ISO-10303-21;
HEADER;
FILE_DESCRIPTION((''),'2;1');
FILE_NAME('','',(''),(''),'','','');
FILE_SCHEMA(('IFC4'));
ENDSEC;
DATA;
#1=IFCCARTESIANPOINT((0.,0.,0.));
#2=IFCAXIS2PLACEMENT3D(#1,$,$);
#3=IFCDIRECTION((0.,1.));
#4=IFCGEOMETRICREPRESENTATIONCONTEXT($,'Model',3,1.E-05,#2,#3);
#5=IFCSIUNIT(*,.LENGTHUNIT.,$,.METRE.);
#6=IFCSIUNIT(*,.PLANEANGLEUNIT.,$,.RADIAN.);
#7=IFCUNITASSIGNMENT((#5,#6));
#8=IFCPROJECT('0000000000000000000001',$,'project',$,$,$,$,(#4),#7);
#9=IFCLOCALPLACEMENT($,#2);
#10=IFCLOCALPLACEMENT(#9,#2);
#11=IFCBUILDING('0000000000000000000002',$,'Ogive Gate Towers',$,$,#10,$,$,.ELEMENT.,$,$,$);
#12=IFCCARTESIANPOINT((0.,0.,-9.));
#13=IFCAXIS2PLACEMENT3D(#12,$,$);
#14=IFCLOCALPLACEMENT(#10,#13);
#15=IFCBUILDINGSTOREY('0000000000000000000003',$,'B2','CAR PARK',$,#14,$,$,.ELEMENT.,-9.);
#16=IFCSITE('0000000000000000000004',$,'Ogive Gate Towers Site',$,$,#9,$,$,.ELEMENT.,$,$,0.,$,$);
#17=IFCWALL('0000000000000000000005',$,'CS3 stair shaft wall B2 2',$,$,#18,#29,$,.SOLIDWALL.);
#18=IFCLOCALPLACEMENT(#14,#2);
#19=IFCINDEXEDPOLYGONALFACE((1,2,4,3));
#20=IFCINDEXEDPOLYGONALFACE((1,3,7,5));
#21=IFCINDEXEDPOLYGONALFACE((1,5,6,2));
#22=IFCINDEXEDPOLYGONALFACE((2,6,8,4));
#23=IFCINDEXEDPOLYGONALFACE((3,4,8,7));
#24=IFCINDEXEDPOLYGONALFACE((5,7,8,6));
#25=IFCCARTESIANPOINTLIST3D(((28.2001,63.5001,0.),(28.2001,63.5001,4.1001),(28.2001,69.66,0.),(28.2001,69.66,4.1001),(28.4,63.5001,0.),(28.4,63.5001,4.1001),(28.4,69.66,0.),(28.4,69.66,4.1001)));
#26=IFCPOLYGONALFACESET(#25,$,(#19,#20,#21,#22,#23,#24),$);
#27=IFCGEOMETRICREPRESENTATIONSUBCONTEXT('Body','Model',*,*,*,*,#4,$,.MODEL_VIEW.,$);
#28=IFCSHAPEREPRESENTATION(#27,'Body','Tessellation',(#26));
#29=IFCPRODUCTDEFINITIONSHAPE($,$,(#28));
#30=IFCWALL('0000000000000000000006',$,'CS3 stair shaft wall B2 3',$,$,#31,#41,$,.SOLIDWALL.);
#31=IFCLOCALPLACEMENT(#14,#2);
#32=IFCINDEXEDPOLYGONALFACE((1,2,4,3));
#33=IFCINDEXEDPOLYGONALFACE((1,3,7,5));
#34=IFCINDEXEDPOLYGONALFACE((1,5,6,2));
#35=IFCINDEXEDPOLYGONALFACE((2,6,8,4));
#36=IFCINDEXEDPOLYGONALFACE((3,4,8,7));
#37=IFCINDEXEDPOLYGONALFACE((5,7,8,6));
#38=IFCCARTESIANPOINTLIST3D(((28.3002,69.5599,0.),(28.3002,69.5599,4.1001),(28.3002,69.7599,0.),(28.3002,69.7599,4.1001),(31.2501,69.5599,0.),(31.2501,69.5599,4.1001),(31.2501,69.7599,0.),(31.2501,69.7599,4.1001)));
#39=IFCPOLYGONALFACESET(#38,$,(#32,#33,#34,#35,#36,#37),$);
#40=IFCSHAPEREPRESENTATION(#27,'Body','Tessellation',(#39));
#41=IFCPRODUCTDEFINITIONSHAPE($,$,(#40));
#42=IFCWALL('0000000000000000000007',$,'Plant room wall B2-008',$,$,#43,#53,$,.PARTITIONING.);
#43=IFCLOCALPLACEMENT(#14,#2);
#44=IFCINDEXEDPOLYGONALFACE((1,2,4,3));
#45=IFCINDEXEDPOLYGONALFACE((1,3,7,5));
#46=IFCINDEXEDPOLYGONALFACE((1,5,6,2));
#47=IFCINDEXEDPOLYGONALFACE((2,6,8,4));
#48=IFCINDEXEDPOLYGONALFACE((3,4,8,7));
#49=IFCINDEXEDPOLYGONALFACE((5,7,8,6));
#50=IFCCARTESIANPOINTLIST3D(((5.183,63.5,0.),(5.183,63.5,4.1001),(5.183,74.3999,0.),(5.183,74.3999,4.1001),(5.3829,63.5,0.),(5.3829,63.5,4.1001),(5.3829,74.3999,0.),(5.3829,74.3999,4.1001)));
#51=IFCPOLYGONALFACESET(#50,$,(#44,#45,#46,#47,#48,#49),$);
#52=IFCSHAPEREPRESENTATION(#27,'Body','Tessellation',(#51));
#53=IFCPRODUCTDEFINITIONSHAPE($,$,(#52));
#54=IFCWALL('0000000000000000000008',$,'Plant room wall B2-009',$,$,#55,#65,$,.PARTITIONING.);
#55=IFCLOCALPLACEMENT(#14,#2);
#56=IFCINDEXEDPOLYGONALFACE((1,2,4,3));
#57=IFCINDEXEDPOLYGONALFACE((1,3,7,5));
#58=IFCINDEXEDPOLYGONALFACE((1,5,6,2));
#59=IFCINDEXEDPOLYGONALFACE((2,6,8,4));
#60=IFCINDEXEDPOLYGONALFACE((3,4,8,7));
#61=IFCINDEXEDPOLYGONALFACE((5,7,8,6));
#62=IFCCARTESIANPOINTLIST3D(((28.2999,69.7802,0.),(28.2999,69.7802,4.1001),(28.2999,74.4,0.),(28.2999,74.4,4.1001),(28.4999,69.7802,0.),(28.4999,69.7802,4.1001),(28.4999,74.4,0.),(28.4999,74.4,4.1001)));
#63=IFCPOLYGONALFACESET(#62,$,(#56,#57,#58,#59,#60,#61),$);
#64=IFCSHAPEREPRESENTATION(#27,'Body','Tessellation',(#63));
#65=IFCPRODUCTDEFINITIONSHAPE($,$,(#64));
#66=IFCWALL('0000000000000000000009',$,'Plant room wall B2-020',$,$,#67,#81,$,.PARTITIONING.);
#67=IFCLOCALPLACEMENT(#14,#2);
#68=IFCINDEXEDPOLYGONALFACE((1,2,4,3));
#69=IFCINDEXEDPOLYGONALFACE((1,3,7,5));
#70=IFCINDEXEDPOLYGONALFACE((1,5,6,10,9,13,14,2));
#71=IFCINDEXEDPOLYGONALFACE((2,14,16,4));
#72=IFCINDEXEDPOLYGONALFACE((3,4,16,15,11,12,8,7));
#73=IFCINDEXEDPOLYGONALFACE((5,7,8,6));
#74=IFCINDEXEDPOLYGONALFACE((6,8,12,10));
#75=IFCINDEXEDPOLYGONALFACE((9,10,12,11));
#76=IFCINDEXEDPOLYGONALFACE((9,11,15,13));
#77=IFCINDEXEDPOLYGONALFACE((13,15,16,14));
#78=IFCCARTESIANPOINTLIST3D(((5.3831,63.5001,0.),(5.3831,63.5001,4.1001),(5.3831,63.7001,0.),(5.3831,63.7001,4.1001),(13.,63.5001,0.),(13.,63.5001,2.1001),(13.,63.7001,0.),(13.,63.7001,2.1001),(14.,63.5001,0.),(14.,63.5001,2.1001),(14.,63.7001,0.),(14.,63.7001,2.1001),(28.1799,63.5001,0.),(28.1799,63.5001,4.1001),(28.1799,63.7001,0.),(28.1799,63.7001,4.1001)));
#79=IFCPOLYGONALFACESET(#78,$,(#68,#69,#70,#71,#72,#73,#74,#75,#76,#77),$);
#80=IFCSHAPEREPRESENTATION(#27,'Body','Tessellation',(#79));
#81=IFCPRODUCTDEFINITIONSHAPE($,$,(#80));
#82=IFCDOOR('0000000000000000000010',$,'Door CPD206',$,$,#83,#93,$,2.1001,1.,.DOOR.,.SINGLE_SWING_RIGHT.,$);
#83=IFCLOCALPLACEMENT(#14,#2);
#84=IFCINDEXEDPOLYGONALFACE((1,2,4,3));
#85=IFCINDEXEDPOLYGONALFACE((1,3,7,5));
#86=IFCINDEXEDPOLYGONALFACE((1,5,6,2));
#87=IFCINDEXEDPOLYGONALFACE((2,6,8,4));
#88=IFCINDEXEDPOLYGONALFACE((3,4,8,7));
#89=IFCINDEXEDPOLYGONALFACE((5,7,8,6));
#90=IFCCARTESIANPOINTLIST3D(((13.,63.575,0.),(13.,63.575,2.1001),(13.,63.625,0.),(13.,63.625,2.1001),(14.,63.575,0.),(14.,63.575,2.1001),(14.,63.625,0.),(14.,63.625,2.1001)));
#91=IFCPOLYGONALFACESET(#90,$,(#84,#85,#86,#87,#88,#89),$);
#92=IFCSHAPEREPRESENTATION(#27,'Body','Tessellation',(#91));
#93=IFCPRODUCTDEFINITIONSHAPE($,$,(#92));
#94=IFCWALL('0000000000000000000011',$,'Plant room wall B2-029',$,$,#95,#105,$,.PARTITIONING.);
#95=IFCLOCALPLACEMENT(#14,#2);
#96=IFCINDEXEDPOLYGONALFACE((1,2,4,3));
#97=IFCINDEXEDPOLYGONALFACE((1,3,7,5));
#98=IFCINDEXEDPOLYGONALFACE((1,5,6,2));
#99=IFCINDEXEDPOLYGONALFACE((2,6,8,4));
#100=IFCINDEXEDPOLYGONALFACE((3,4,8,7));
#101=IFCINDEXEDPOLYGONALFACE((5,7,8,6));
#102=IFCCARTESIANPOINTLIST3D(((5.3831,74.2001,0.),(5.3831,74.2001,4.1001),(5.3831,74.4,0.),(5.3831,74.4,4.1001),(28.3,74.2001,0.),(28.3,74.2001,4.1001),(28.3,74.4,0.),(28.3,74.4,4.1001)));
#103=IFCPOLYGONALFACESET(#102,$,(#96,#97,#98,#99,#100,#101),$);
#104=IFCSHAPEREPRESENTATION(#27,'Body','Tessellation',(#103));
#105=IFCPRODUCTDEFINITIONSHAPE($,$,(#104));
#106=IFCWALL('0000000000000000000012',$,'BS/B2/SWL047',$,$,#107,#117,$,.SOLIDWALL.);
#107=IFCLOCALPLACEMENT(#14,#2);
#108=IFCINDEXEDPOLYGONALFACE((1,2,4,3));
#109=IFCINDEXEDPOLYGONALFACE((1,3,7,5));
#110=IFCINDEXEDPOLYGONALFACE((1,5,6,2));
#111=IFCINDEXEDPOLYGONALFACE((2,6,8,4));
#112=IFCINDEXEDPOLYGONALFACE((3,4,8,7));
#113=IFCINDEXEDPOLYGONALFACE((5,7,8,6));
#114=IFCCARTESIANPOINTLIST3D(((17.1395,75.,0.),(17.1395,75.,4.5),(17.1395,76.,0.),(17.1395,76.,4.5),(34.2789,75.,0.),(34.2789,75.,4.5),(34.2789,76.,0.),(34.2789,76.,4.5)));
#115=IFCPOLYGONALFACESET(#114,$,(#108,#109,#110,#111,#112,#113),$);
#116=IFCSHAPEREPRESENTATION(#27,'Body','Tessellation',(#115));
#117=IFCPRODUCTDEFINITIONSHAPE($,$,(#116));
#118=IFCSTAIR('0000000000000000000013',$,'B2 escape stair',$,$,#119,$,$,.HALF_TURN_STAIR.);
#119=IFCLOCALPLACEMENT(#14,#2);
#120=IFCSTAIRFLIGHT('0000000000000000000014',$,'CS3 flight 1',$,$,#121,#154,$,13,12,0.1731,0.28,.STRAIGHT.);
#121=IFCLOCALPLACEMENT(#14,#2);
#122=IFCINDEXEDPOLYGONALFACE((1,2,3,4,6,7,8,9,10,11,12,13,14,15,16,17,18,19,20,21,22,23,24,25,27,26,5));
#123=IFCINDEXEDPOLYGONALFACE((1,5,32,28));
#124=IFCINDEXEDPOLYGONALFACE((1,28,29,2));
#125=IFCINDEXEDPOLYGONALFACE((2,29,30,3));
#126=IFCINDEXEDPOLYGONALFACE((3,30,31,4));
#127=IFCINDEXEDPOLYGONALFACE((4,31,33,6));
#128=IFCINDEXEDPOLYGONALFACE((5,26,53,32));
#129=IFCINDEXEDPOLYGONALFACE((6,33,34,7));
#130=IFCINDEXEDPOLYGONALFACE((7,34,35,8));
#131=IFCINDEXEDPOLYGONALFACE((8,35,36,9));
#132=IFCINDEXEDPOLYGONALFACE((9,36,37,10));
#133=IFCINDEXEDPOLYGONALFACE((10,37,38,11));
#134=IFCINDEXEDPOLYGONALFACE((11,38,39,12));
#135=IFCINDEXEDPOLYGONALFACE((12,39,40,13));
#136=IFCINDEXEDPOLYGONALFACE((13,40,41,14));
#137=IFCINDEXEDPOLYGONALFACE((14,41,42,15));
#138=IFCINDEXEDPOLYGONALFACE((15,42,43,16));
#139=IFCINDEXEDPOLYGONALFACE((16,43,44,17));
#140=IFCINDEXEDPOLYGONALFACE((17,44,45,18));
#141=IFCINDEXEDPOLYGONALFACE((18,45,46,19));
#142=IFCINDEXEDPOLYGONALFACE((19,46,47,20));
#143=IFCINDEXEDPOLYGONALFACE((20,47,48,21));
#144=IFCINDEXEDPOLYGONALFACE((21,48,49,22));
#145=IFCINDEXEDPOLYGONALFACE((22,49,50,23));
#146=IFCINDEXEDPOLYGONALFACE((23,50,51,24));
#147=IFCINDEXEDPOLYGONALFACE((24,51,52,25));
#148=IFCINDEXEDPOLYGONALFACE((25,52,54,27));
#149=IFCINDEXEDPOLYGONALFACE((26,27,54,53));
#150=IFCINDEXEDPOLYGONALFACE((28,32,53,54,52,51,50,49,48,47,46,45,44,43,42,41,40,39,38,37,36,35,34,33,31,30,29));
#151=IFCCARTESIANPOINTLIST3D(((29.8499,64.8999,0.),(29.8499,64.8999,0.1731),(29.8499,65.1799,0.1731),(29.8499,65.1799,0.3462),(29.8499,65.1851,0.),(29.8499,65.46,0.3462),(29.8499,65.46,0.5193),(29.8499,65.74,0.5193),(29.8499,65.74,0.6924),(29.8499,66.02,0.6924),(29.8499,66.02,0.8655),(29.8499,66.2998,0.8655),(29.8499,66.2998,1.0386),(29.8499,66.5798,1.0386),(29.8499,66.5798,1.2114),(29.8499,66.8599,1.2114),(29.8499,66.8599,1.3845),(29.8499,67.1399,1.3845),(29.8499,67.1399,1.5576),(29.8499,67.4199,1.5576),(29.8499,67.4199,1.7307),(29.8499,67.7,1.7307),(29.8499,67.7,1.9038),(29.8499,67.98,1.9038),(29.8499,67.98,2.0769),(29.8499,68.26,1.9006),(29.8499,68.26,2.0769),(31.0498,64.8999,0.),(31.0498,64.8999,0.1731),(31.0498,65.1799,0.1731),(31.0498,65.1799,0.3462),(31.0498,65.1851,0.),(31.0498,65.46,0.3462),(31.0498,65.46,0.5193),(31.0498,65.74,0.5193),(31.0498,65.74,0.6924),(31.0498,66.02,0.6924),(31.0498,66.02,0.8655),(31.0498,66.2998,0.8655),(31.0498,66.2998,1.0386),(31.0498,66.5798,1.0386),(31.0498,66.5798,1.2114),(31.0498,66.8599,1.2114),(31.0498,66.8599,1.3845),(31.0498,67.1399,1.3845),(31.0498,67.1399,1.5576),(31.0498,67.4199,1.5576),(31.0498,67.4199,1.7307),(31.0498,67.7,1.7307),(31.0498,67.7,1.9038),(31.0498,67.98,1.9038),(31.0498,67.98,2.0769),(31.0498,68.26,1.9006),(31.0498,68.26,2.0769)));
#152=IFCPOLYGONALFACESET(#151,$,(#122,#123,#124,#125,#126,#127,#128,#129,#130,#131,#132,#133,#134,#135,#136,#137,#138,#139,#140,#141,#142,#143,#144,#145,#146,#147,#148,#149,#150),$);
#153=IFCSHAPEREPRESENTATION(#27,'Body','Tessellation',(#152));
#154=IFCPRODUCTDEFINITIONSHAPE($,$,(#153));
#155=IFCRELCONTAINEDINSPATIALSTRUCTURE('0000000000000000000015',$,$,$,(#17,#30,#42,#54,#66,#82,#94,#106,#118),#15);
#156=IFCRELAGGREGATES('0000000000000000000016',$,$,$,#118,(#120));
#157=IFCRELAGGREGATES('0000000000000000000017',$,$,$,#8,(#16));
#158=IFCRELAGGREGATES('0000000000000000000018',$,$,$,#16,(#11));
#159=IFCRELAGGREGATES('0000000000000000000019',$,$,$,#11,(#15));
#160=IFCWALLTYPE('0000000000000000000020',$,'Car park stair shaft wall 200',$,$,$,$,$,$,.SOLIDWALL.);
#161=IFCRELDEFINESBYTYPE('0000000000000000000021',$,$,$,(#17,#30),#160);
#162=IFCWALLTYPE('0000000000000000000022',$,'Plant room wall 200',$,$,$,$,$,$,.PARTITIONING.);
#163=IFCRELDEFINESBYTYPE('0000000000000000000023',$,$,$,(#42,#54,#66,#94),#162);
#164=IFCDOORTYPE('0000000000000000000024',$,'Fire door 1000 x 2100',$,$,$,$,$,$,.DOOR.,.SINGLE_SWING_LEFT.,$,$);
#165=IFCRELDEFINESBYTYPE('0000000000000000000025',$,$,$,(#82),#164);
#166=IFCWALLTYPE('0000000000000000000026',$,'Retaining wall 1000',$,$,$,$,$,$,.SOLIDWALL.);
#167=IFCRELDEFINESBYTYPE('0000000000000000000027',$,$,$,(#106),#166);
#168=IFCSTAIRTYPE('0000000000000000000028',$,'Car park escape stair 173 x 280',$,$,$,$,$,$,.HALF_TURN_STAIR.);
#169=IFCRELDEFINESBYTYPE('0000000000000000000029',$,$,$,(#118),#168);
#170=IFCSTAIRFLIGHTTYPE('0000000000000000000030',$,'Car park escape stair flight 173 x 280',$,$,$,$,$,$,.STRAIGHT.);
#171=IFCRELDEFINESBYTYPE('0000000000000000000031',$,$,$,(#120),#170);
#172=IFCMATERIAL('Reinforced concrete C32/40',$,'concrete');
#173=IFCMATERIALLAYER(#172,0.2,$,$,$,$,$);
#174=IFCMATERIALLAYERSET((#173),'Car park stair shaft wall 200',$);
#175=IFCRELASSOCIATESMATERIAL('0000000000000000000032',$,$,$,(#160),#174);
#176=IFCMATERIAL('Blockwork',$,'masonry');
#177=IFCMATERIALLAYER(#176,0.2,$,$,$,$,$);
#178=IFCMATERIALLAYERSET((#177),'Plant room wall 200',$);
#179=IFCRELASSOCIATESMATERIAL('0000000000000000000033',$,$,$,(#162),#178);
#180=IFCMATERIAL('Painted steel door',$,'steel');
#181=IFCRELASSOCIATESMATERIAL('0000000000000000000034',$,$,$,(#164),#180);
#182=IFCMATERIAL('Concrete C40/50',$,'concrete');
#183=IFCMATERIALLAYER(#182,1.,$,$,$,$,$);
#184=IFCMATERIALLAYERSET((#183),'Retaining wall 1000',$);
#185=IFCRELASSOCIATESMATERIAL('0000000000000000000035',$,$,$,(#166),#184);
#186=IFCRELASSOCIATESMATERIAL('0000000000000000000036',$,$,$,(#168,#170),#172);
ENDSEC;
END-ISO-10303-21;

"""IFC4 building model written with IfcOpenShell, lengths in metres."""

from ifc_helpers import new_model, si_unit, direction, frame, frame_2d, origin, place, context, subcontext, project, spatial, polyline, rectangle, outline, extrude, material, layer, layer_set, type_object, element, fill, aggregate, save


model = new_model("IFC4")

# Units and contexts
model_context = context("Model", 3, precision=1e-05, world=origin(), true_north=direction((0.0, 1.0)))
body_context = subcontext(model_context, "Body", "Model", "MODEL_VIEW")
ifc_project = project(units=[si_unit("LENGTHUNIT", "METRE"), si_unit("PLANEANGLEUNIT", "RADIAN")], contexts=[model_context])

# Site, building, storey
site_placement = place(None, origin())
site = spatial("IfcSite", under=ifc_project, at=site_placement, Name="Ogive Gate Towers Site", CompositionType="ELEMENT", RefElevation=0.0)
building_placement = place(site_placement, origin())
building = spatial("IfcBuilding", under=site, at=building_placement, Name="Ogive Gate Towers", CompositionType="ELEMENT")
storey_placement = place(building_placement, frame((0.0, 0.0, -9.0)))
storey = spatial("IfcBuildingStorey", under=building, at=storey_placement, Name="B2", Description="CAR PARK", CompositionType="ELEMENT", Elevation=-9.0)

# Shared definitions
ifc_material_1 = material(Name="Concrete C40/50", Category="concrete")

# Walls
ifc_material_2 = material(Name="Reinforced concrete C32/40", Category="concrete")
ifc_layer_1 = layer(ifc_material_2, 0.2)
ifc_layer_set_1 = layer_set([ifc_layer_1], Name="Car park stair shaft wall 200")
wall_type_1 = type_object("IfcWallType", Name="Car park stair shaft wall 200", PredefinedType="SOLIDWALL", material=ifc_layer_set_1)
wall_1_placement = place(storey_placement, frame((28.3, 63.5, 0.0), z_axis=(0.0, 0.0, 1.0), x_axis=(0.0, 1.0, 0.0)))
element("IfcWall", 1, at=wall_1_placement, inside=storey, type_object=wall_type_1, Name="CS3 stair shaft wall B2 2", PredefinedType="SOLIDWALL", context=body_context, shape_type="SweptSolid", body=[
    extrude(rectangle(XDim=6.1599, YDim=0.2, at=frame_2d((3.0801, 0.0))), origin(), (0.0, 0.0, 1.0), 4.1001),
])
wall_2_placement = place(storey_placement, frame((28.3, 69.6599, 0.0), z_axis=(0.0, 0.0, 1.0), x_axis=(1.0, 0.0, 0.0)))
element("IfcWall", 2, at=wall_2_placement, inside=storey, type_object=wall_type_1, Name="CS3 stair shaft wall B2 3", PredefinedType="SOLIDWALL", context=body_context, shape_type="SweptSolid", body=[
    extrude(rectangle(XDim=2.95, YDim=0.2, at=frame_2d((1.4751, 0.0))), origin(), (0.0, 0.0, 1.0), 4.1001),
])
ifc_material_3 = material(Name="Blockwork", Category="masonry")
ifc_layer_2 = layer(ifc_material_3, 0.2)
ifc_layer_set_2 = layer_set([ifc_layer_2], Name="Plant room wall 200")
wall_type_2 = type_object("IfcWallType", Name="Plant room wall 200", PredefinedType="PARTITIONING", material=ifc_layer_set_2)
wall_3_placement = place(storey_placement, frame((5.283, 63.5, 0.0), z_axis=(0.0, 0.0, 1.0), x_axis=(0.0, 1.0, 0.0)))
element("IfcWall", 3, at=wall_3_placement, inside=storey, type_object=wall_type_2, Name="Plant room wall B2-008", PredefinedType="PARTITIONING", context=body_context, shape_type="SweptSolid", body=[
    extrude(rectangle(XDim=10.8999, YDim=0.2, at=frame_2d((5.45, 0.0))), origin(), (0.0, 0.0, 1.0), 4.1001),
])
wall_4_placement = place(storey_placement, frame((28.3999, 69.78, 0.0), z_axis=(0.0, 0.0, 1.0), x_axis=(0.0, 1.0, 0.0)))
element("IfcWall", 4, at=wall_4_placement, inside=storey, type_object=wall_type_2, Name="Plant room wall B2-009", PredefinedType="PARTITIONING", context=body_context, shape_type="SweptSolid", body=[
    extrude(rectangle(XDim=4.6199, YDim=0.2, at=frame_2d((2.3101, 0.0))), origin(), (0.0, 0.0, 1.0), 4.1001),
])

# Wall, opening, door
wall_5_placement = place(storey_placement, frame((5.3831, 63.6001, 0.0), z_axis=(0.0, 0.0, 1.0), x_axis=(1.0, 0.0, 0.0)))
wall_5 = element("IfcWall", 5, at=wall_5_placement, inside=storey, type_object=wall_type_2, Name="Plant room wall B2-020", PredefinedType="PARTITIONING", context=body_context, shape_type="SweptSolid", body=[
    extrude(rectangle(XDim=22.7969, YDim=0.2, at=frame_2d((11.3984, 0.0))), origin(), (0.0, 0.0, 1.0), 4.1001),
])
opening_placement = place(wall_5_placement, frame((7.6169, 0.0, 0.0)))
opening = element("IfcOpeningElement", 6, at=opening_placement, cuts=wall_5, PredefinedType="OPENING", context=body_context, shape_type="SweptSolid", body=[
    extrude(rectangle(XDim=1.0, YDim=2.1001, at=frame_2d((0.5, 1.05))), frame((0.0, 0.1099, 0.0), z_axis=(0.0, -1.0, 0.0), x_axis=(1.0, 0.0, 0.0)), (0.0, 0.0, 1.0), 0.22),
])
ifc_material_4 = material(Name="Painted steel door", Category="steel")
door_type = type_object("IfcDoorType", Name="Fire door 1000 x 2100", OperationType="SINGLE_SWING_LEFT", PredefinedType="DOOR", material=ifc_material_4)
door_placement = place(opening_placement, origin())
door = element("IfcDoor", 7, at=door_placement, inside=storey, type_object=door_type, Name="Door CPD206", OperationType="SINGLE_SWING_RIGHT", OverallHeight=2.1001, OverallWidth=1.0, PredefinedType="DOOR", context=body_context, shape_type="SweptSolid", body=[
    extrude(rectangle(XDim=1.0, YDim=2.1001, at=frame_2d((0.5, 1.05))), frame((0.0, 0.0249, 0.0), z_axis=(0.0, -1.0, 0.0), x_axis=(1.0, 0.0, 0.0)), (0.0, 0.0, 1.0), 0.05),
])
fill(opening, door)

# Walls
wall_6_placement = place(storey_placement, frame((5.3831, 74.3, 0.0), z_axis=(0.0, 0.0, 1.0), x_axis=(1.0, 0.0, 0.0)))
element("IfcWall", 8, at=wall_6_placement, inside=storey, type_object=wall_type_2, Name="Plant room wall B2-029", PredefinedType="PARTITIONING", context=body_context, shape_type="SweptSolid", body=[
    extrude(rectangle(XDim=22.917, YDim=0.2, at=frame_2d((11.4585, 0.0))), origin(), (0.0, 0.0, 1.0), 4.1001),
])
ifc_layer_3 = layer(ifc_material_1, 1.0)
ifc_layer_set_3 = layer_set([ifc_layer_3], Name="Retaining wall 1000")
wall_type_3 = type_object("IfcWallType", Name="Retaining wall 1000", PredefinedType="SOLIDWALL", material=ifc_layer_set_3)
wall_7_placement = place(storey_placement, frame((17.1394, 75.5, 0.0), z_axis=(0.0, 0.0, 1.0), x_axis=(1.0, 0.0, 0.0)))
element("IfcWall", 9, at=wall_7_placement, inside=storey, type_object=wall_type_3, Name="BS/B2/SWL047", PredefinedType="SOLIDWALL", context=body_context, shape_type="SweptSolid", body=[
    extrude(rectangle(XDim=17.1394, YDim=1.0, at=frame_2d((8.5698, 0.0))), origin(), (0.0, 0.0, 1.0), 4.5),
])

# Stair, stair flight
stair_type = type_object("IfcStairType", Name="Car park escape stair 173 x 280", PredefinedType="HALF_TURN_STAIR", material=ifc_material_2)
stair_placement = place(storey_placement, origin())
stair = element("IfcStair", 10, at=stair_placement, inside=storey, type_object=stair_type, Name="B2 escape stair", PredefinedType="HALF_TURN_STAIR")
stair_flight_type = type_object("IfcStairFlightType", Name="Car park escape stair flight 173 x 280", PredefinedType="STRAIGHT", material=ifc_material_2)
stair_flight_1_placement = place(storey_placement, frame((30.45, 64.8999, 0.0), z_axis=(0.0, 0.0, 1.0), x_axis=(0.0, 1.0, 0.0)))
stair_flight_1 = element("IfcStairFlight", 11, at=stair_flight_1_placement, type_object=stair_flight_type, Name="CS3 flight 1", NumberOfRisers=13, NumberOfTreads=12, PredefinedType="STRAIGHT", RiserHeight=0.1731, TreadLength=0.28, context=body_context, shape_type="SweptSolid", body=[
    extrude(outline(polyline([(0.0, 0.0), (0.0, 0.1731), (0.28, 0.1731), (0.28, 0.3462), (0.5601, 0.3462), (0.5601, 0.5193), (0.8401, 0.5193), (0.8401, 0.6924), (1.1201, 0.6924), (1.1201, 0.8655), (1.3999, 0.8655), (1.3999, 1.0386), (1.6799, 1.0386), (1.6799, 1.2114), (1.96, 1.2114), (1.96, 1.3845), (2.24, 1.3845), (2.24, 1.5576), (2.52, 1.5576), (2.52, 1.7307), (2.8, 1.7307), (2.8, 1.9038), (3.0801, 1.9038), (3.0801, 2.0769), (3.3601, 2.0769), (3.3601, 2.25), (3.3601, 1.9006), (0.2852, 0.0), (0.0, 0.0)])), frame((0.0, 0.6001, 0.0), z_axis=(0.0, -1.0, 0.0), x_axis=(1.0, 0.0, 0.0)), (0.0, 0.0, 1.0), 1.2),
])
aggregate(stair, [stair_flight_1])

save(model, "model.ifc")
